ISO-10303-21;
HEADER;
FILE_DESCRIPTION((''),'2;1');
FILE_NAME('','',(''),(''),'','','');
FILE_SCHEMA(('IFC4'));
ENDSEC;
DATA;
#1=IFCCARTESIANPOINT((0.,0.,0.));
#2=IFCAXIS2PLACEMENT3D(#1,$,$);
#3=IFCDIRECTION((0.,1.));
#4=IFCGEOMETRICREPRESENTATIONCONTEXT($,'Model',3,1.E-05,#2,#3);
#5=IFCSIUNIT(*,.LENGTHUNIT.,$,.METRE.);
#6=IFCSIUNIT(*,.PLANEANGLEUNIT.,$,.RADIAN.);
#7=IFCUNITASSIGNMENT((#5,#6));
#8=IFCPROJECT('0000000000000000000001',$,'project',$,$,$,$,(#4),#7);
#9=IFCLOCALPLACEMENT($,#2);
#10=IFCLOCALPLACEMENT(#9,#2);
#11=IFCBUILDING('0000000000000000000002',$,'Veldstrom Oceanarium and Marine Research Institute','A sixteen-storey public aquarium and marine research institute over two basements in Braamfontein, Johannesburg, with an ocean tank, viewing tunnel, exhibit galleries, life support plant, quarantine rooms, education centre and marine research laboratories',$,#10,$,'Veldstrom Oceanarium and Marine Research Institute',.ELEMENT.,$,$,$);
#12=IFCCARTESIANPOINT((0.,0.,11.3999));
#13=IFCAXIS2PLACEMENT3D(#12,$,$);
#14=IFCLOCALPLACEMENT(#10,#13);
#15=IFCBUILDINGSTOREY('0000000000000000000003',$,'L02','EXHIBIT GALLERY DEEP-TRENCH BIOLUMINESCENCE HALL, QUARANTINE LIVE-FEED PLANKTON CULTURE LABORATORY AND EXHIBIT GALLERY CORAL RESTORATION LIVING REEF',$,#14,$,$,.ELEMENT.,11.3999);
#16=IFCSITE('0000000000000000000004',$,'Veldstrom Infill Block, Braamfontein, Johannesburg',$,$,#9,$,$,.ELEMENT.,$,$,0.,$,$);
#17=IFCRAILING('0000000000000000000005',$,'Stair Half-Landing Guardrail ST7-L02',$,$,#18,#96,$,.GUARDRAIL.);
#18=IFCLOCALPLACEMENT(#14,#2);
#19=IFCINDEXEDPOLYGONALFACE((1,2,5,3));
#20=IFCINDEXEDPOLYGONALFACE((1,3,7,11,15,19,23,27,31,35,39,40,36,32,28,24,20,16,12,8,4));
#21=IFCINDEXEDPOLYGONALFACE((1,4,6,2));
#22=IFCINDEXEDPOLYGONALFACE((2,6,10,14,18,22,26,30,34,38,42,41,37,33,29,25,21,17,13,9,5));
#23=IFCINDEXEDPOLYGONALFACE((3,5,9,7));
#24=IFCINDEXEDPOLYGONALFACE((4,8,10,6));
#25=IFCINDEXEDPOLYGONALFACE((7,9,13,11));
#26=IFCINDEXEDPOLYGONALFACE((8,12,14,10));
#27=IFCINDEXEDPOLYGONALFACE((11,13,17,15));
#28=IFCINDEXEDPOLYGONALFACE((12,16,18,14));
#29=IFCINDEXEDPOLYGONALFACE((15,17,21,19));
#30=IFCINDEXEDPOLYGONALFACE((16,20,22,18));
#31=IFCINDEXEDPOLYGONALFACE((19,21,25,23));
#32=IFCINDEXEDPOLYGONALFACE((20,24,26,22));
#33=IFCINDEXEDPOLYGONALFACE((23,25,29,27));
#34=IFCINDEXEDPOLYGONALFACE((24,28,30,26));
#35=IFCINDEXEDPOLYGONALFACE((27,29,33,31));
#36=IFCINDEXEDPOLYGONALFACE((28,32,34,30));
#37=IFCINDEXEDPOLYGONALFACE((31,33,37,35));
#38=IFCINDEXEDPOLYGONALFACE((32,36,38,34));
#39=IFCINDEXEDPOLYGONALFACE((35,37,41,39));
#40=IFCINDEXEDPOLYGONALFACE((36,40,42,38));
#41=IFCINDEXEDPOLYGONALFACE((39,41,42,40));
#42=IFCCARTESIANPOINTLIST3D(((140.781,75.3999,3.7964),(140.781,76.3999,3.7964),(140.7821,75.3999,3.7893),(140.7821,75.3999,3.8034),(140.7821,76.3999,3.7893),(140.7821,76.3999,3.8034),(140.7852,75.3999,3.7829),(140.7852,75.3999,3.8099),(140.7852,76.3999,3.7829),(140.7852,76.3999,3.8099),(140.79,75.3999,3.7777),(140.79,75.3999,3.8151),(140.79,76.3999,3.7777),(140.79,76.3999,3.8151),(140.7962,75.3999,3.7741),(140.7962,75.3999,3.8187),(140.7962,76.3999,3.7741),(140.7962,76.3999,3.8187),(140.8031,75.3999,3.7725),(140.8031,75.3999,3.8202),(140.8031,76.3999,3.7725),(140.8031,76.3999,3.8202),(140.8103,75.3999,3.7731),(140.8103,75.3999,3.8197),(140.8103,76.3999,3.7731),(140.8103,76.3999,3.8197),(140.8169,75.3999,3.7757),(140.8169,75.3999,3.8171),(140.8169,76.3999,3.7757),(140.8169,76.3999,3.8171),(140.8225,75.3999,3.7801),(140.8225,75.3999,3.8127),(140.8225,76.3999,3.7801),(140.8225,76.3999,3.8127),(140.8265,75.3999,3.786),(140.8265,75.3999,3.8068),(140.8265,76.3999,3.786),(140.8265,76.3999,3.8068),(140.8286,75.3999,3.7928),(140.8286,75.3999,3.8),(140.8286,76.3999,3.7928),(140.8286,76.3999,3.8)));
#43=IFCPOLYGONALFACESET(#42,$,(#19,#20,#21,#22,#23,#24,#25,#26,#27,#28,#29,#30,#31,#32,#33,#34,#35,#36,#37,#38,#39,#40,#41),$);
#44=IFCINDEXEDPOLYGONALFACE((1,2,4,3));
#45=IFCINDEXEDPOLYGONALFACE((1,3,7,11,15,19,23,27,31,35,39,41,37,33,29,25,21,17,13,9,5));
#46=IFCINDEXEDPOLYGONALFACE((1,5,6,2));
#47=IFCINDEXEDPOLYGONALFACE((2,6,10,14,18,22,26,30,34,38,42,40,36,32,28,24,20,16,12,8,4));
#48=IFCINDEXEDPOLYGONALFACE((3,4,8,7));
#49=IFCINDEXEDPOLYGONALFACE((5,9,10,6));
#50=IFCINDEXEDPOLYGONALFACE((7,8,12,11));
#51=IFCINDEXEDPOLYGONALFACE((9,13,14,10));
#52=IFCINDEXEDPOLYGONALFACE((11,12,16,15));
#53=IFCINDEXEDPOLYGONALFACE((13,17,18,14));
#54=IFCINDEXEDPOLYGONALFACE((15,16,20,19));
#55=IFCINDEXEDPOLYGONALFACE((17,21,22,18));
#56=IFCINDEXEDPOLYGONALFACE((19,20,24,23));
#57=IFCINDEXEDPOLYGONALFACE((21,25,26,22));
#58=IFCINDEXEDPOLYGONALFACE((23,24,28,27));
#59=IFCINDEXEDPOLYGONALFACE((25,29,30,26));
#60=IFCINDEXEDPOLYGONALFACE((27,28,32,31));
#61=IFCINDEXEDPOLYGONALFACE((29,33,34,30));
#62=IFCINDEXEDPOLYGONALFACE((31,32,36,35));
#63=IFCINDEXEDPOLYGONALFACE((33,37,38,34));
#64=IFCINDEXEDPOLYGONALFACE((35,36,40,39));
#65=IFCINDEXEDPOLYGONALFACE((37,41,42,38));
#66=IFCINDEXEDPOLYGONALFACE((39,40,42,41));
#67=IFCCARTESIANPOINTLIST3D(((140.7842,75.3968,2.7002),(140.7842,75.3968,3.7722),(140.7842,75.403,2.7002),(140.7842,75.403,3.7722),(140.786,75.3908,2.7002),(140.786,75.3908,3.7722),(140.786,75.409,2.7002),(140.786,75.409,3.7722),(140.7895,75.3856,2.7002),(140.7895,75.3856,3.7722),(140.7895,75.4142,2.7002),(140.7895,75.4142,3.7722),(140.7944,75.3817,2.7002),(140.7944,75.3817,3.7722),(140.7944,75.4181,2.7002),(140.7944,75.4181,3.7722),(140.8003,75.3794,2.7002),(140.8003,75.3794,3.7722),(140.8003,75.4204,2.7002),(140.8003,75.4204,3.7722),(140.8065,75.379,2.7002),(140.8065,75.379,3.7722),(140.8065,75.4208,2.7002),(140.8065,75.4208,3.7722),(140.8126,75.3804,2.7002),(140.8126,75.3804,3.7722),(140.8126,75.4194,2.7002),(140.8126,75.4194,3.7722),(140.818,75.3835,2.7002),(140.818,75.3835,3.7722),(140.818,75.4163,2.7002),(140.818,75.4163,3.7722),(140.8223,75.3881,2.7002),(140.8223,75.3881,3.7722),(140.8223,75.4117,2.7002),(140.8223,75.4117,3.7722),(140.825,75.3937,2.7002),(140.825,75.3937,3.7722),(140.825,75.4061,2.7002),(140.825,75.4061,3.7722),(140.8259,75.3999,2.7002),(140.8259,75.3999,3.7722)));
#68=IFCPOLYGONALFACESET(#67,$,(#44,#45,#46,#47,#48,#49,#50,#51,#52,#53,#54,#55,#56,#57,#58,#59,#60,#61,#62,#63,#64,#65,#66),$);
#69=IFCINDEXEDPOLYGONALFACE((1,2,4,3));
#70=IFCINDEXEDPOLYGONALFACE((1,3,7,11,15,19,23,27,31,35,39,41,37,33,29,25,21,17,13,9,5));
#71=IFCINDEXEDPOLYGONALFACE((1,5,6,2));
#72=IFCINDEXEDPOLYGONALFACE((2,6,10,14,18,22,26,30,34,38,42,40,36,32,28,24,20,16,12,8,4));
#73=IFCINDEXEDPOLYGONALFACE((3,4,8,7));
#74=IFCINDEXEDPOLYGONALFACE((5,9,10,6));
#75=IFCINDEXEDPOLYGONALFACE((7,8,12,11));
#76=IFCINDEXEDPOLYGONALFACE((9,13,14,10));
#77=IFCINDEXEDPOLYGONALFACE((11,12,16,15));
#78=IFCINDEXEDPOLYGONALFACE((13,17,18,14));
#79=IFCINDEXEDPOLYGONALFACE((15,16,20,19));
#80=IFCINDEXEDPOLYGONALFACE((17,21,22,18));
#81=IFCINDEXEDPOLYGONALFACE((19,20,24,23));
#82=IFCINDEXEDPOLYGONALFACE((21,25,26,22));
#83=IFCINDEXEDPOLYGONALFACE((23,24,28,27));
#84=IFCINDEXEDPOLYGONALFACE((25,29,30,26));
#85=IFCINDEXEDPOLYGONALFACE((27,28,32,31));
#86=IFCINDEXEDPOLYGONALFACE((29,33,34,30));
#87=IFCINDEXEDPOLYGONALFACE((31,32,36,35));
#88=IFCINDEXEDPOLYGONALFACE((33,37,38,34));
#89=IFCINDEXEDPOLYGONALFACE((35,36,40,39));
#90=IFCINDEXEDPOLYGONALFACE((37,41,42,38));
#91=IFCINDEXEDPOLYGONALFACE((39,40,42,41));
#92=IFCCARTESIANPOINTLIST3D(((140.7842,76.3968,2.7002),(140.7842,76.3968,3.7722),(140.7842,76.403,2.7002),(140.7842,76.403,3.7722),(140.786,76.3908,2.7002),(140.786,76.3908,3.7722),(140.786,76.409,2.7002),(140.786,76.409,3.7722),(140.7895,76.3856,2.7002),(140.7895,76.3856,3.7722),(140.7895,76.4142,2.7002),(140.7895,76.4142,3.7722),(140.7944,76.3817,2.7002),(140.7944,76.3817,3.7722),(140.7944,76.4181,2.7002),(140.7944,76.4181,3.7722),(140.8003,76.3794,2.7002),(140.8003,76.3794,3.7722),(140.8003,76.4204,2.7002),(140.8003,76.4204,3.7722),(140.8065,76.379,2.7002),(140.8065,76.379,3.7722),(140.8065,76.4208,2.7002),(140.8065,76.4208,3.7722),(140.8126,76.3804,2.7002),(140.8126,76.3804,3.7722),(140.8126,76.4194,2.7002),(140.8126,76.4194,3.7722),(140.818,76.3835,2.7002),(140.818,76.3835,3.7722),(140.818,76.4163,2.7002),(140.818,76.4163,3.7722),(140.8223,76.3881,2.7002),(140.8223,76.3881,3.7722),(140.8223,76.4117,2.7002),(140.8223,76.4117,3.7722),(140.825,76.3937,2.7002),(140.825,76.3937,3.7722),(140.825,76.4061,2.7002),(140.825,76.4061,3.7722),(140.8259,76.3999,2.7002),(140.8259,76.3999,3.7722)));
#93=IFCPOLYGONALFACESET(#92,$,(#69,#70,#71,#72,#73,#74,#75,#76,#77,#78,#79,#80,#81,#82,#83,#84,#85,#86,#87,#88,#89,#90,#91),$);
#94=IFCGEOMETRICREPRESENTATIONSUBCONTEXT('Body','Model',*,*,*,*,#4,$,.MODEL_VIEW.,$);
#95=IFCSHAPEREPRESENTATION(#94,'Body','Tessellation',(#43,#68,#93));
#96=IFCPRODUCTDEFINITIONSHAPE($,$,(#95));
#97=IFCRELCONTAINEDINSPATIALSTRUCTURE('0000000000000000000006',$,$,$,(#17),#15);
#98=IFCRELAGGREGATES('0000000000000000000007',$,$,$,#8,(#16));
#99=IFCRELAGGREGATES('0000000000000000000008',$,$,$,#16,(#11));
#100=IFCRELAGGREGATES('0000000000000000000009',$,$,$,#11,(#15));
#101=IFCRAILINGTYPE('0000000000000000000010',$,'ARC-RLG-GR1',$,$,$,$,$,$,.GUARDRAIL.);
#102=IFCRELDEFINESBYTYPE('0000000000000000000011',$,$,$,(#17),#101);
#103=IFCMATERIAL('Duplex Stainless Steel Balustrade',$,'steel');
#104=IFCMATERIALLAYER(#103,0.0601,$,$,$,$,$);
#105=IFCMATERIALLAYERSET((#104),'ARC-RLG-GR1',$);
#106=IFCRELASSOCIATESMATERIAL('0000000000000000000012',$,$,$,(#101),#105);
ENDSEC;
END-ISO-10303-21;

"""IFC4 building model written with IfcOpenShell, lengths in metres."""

from ifc_helpers import new_model, si_unit, direction, frame, origin, origin_2d, place, context, subcontext, project, spatial, circle, extrude, material, layer, layer_set, type_object, element, save


model = new_model("IFC4")

# Units and contexts
model_context = context("Model", 3, precision=1e-05, world=origin(), true_north=direction((0.0, 1.0)))
body_context = subcontext(model_context, "Body", "Model", "MODEL_VIEW")
ifc_project = project(units=[si_unit("LENGTHUNIT", "METRE"), si_unit("PLANEANGLEUNIT", "RADIAN")], contexts=[model_context])

# Site, building, storey
site_placement = place(None, origin())
site = spatial("IfcSite", under=ifc_project, at=site_placement, Name="Veldstrom Infill Block, Braamfontein, Johannesburg", CompositionType="ELEMENT", RefElevation=0.0)
building_placement = place(site_placement, origin())
building = spatial("IfcBuilding", under=site, at=building_placement, Name="Veldstrom Oceanarium and Marine Research Institute", Description="A sixteen-storey public aquarium and marine research institute over two basements in Braamfontein, Johannesburg, with an ocean tank, viewing tunnel, exhibit galleries, life support plant, quarantine rooms, education centre and marine research laboratories", LongName="Veldstrom Oceanarium and Marine Research Institute", CompositionType="ELEMENT")
storey_placement = place(building_placement, frame((0.0, 0.0, 11.3999)))
storey = spatial("IfcBuildingStorey", under=building, at=storey_placement, Name="L02", Description="EXHIBIT GALLERY DEEP-TRENCH BIOLUMINESCENCE HALL, QUARANTINE LIVE-FEED PLANKTON CULTURE LABORATORY AND EXHIBIT GALLERY CORAL RESTORATION LIVING REEF", CompositionType="ELEMENT", Elevation=11.3999)

# Railing
ifc_material_1 = material(Name="Duplex Stainless Steel Balustrade", Category="steel")
ifc_layer_1 = layer(ifc_material_1, 0.0601)
ifc_layer_set_1 = layer_set([ifc_layer_1], Name="ARC-RLG-GR1")
railing_type_1 = type_object("IfcRailingType", Name="ARC-RLG-GR1", PredefinedType="GUARDRAIL", material=ifc_layer_set_1)
railing_1_placement = place(storey_placement, frame((140.8049, 75.3999, 2.7002)))
element("IfcRailing", 1, at=railing_1_placement, inside=storey, type_object=railing_type_1, Name="Stair Half-Landing Guardrail ST7-L02", PredefinedType="GUARDRAIL", context=body_context, shape_type="SweptSolid", body=[
    extrude(circle(Radius=0.0239, at=origin_2d()), frame((0.0, 0.0, 1.0962), z_axis=(0.0, 1.0, 0.0), x_axis=(-1.0, 0.0, 0.0)), (0.0, 0.0, 1.0), 1.0),
    extrude(circle(Radius=0.021, at=origin_2d()), origin(), (0.0, 0.0, 1.0), 1.072),
    extrude(circle(Radius=0.021, at=origin_2d()), frame((0.0, 1.0, 0.0)), (0.0, 0.0, 1.0), 1.072),
])

save(model, "model.ifc")
